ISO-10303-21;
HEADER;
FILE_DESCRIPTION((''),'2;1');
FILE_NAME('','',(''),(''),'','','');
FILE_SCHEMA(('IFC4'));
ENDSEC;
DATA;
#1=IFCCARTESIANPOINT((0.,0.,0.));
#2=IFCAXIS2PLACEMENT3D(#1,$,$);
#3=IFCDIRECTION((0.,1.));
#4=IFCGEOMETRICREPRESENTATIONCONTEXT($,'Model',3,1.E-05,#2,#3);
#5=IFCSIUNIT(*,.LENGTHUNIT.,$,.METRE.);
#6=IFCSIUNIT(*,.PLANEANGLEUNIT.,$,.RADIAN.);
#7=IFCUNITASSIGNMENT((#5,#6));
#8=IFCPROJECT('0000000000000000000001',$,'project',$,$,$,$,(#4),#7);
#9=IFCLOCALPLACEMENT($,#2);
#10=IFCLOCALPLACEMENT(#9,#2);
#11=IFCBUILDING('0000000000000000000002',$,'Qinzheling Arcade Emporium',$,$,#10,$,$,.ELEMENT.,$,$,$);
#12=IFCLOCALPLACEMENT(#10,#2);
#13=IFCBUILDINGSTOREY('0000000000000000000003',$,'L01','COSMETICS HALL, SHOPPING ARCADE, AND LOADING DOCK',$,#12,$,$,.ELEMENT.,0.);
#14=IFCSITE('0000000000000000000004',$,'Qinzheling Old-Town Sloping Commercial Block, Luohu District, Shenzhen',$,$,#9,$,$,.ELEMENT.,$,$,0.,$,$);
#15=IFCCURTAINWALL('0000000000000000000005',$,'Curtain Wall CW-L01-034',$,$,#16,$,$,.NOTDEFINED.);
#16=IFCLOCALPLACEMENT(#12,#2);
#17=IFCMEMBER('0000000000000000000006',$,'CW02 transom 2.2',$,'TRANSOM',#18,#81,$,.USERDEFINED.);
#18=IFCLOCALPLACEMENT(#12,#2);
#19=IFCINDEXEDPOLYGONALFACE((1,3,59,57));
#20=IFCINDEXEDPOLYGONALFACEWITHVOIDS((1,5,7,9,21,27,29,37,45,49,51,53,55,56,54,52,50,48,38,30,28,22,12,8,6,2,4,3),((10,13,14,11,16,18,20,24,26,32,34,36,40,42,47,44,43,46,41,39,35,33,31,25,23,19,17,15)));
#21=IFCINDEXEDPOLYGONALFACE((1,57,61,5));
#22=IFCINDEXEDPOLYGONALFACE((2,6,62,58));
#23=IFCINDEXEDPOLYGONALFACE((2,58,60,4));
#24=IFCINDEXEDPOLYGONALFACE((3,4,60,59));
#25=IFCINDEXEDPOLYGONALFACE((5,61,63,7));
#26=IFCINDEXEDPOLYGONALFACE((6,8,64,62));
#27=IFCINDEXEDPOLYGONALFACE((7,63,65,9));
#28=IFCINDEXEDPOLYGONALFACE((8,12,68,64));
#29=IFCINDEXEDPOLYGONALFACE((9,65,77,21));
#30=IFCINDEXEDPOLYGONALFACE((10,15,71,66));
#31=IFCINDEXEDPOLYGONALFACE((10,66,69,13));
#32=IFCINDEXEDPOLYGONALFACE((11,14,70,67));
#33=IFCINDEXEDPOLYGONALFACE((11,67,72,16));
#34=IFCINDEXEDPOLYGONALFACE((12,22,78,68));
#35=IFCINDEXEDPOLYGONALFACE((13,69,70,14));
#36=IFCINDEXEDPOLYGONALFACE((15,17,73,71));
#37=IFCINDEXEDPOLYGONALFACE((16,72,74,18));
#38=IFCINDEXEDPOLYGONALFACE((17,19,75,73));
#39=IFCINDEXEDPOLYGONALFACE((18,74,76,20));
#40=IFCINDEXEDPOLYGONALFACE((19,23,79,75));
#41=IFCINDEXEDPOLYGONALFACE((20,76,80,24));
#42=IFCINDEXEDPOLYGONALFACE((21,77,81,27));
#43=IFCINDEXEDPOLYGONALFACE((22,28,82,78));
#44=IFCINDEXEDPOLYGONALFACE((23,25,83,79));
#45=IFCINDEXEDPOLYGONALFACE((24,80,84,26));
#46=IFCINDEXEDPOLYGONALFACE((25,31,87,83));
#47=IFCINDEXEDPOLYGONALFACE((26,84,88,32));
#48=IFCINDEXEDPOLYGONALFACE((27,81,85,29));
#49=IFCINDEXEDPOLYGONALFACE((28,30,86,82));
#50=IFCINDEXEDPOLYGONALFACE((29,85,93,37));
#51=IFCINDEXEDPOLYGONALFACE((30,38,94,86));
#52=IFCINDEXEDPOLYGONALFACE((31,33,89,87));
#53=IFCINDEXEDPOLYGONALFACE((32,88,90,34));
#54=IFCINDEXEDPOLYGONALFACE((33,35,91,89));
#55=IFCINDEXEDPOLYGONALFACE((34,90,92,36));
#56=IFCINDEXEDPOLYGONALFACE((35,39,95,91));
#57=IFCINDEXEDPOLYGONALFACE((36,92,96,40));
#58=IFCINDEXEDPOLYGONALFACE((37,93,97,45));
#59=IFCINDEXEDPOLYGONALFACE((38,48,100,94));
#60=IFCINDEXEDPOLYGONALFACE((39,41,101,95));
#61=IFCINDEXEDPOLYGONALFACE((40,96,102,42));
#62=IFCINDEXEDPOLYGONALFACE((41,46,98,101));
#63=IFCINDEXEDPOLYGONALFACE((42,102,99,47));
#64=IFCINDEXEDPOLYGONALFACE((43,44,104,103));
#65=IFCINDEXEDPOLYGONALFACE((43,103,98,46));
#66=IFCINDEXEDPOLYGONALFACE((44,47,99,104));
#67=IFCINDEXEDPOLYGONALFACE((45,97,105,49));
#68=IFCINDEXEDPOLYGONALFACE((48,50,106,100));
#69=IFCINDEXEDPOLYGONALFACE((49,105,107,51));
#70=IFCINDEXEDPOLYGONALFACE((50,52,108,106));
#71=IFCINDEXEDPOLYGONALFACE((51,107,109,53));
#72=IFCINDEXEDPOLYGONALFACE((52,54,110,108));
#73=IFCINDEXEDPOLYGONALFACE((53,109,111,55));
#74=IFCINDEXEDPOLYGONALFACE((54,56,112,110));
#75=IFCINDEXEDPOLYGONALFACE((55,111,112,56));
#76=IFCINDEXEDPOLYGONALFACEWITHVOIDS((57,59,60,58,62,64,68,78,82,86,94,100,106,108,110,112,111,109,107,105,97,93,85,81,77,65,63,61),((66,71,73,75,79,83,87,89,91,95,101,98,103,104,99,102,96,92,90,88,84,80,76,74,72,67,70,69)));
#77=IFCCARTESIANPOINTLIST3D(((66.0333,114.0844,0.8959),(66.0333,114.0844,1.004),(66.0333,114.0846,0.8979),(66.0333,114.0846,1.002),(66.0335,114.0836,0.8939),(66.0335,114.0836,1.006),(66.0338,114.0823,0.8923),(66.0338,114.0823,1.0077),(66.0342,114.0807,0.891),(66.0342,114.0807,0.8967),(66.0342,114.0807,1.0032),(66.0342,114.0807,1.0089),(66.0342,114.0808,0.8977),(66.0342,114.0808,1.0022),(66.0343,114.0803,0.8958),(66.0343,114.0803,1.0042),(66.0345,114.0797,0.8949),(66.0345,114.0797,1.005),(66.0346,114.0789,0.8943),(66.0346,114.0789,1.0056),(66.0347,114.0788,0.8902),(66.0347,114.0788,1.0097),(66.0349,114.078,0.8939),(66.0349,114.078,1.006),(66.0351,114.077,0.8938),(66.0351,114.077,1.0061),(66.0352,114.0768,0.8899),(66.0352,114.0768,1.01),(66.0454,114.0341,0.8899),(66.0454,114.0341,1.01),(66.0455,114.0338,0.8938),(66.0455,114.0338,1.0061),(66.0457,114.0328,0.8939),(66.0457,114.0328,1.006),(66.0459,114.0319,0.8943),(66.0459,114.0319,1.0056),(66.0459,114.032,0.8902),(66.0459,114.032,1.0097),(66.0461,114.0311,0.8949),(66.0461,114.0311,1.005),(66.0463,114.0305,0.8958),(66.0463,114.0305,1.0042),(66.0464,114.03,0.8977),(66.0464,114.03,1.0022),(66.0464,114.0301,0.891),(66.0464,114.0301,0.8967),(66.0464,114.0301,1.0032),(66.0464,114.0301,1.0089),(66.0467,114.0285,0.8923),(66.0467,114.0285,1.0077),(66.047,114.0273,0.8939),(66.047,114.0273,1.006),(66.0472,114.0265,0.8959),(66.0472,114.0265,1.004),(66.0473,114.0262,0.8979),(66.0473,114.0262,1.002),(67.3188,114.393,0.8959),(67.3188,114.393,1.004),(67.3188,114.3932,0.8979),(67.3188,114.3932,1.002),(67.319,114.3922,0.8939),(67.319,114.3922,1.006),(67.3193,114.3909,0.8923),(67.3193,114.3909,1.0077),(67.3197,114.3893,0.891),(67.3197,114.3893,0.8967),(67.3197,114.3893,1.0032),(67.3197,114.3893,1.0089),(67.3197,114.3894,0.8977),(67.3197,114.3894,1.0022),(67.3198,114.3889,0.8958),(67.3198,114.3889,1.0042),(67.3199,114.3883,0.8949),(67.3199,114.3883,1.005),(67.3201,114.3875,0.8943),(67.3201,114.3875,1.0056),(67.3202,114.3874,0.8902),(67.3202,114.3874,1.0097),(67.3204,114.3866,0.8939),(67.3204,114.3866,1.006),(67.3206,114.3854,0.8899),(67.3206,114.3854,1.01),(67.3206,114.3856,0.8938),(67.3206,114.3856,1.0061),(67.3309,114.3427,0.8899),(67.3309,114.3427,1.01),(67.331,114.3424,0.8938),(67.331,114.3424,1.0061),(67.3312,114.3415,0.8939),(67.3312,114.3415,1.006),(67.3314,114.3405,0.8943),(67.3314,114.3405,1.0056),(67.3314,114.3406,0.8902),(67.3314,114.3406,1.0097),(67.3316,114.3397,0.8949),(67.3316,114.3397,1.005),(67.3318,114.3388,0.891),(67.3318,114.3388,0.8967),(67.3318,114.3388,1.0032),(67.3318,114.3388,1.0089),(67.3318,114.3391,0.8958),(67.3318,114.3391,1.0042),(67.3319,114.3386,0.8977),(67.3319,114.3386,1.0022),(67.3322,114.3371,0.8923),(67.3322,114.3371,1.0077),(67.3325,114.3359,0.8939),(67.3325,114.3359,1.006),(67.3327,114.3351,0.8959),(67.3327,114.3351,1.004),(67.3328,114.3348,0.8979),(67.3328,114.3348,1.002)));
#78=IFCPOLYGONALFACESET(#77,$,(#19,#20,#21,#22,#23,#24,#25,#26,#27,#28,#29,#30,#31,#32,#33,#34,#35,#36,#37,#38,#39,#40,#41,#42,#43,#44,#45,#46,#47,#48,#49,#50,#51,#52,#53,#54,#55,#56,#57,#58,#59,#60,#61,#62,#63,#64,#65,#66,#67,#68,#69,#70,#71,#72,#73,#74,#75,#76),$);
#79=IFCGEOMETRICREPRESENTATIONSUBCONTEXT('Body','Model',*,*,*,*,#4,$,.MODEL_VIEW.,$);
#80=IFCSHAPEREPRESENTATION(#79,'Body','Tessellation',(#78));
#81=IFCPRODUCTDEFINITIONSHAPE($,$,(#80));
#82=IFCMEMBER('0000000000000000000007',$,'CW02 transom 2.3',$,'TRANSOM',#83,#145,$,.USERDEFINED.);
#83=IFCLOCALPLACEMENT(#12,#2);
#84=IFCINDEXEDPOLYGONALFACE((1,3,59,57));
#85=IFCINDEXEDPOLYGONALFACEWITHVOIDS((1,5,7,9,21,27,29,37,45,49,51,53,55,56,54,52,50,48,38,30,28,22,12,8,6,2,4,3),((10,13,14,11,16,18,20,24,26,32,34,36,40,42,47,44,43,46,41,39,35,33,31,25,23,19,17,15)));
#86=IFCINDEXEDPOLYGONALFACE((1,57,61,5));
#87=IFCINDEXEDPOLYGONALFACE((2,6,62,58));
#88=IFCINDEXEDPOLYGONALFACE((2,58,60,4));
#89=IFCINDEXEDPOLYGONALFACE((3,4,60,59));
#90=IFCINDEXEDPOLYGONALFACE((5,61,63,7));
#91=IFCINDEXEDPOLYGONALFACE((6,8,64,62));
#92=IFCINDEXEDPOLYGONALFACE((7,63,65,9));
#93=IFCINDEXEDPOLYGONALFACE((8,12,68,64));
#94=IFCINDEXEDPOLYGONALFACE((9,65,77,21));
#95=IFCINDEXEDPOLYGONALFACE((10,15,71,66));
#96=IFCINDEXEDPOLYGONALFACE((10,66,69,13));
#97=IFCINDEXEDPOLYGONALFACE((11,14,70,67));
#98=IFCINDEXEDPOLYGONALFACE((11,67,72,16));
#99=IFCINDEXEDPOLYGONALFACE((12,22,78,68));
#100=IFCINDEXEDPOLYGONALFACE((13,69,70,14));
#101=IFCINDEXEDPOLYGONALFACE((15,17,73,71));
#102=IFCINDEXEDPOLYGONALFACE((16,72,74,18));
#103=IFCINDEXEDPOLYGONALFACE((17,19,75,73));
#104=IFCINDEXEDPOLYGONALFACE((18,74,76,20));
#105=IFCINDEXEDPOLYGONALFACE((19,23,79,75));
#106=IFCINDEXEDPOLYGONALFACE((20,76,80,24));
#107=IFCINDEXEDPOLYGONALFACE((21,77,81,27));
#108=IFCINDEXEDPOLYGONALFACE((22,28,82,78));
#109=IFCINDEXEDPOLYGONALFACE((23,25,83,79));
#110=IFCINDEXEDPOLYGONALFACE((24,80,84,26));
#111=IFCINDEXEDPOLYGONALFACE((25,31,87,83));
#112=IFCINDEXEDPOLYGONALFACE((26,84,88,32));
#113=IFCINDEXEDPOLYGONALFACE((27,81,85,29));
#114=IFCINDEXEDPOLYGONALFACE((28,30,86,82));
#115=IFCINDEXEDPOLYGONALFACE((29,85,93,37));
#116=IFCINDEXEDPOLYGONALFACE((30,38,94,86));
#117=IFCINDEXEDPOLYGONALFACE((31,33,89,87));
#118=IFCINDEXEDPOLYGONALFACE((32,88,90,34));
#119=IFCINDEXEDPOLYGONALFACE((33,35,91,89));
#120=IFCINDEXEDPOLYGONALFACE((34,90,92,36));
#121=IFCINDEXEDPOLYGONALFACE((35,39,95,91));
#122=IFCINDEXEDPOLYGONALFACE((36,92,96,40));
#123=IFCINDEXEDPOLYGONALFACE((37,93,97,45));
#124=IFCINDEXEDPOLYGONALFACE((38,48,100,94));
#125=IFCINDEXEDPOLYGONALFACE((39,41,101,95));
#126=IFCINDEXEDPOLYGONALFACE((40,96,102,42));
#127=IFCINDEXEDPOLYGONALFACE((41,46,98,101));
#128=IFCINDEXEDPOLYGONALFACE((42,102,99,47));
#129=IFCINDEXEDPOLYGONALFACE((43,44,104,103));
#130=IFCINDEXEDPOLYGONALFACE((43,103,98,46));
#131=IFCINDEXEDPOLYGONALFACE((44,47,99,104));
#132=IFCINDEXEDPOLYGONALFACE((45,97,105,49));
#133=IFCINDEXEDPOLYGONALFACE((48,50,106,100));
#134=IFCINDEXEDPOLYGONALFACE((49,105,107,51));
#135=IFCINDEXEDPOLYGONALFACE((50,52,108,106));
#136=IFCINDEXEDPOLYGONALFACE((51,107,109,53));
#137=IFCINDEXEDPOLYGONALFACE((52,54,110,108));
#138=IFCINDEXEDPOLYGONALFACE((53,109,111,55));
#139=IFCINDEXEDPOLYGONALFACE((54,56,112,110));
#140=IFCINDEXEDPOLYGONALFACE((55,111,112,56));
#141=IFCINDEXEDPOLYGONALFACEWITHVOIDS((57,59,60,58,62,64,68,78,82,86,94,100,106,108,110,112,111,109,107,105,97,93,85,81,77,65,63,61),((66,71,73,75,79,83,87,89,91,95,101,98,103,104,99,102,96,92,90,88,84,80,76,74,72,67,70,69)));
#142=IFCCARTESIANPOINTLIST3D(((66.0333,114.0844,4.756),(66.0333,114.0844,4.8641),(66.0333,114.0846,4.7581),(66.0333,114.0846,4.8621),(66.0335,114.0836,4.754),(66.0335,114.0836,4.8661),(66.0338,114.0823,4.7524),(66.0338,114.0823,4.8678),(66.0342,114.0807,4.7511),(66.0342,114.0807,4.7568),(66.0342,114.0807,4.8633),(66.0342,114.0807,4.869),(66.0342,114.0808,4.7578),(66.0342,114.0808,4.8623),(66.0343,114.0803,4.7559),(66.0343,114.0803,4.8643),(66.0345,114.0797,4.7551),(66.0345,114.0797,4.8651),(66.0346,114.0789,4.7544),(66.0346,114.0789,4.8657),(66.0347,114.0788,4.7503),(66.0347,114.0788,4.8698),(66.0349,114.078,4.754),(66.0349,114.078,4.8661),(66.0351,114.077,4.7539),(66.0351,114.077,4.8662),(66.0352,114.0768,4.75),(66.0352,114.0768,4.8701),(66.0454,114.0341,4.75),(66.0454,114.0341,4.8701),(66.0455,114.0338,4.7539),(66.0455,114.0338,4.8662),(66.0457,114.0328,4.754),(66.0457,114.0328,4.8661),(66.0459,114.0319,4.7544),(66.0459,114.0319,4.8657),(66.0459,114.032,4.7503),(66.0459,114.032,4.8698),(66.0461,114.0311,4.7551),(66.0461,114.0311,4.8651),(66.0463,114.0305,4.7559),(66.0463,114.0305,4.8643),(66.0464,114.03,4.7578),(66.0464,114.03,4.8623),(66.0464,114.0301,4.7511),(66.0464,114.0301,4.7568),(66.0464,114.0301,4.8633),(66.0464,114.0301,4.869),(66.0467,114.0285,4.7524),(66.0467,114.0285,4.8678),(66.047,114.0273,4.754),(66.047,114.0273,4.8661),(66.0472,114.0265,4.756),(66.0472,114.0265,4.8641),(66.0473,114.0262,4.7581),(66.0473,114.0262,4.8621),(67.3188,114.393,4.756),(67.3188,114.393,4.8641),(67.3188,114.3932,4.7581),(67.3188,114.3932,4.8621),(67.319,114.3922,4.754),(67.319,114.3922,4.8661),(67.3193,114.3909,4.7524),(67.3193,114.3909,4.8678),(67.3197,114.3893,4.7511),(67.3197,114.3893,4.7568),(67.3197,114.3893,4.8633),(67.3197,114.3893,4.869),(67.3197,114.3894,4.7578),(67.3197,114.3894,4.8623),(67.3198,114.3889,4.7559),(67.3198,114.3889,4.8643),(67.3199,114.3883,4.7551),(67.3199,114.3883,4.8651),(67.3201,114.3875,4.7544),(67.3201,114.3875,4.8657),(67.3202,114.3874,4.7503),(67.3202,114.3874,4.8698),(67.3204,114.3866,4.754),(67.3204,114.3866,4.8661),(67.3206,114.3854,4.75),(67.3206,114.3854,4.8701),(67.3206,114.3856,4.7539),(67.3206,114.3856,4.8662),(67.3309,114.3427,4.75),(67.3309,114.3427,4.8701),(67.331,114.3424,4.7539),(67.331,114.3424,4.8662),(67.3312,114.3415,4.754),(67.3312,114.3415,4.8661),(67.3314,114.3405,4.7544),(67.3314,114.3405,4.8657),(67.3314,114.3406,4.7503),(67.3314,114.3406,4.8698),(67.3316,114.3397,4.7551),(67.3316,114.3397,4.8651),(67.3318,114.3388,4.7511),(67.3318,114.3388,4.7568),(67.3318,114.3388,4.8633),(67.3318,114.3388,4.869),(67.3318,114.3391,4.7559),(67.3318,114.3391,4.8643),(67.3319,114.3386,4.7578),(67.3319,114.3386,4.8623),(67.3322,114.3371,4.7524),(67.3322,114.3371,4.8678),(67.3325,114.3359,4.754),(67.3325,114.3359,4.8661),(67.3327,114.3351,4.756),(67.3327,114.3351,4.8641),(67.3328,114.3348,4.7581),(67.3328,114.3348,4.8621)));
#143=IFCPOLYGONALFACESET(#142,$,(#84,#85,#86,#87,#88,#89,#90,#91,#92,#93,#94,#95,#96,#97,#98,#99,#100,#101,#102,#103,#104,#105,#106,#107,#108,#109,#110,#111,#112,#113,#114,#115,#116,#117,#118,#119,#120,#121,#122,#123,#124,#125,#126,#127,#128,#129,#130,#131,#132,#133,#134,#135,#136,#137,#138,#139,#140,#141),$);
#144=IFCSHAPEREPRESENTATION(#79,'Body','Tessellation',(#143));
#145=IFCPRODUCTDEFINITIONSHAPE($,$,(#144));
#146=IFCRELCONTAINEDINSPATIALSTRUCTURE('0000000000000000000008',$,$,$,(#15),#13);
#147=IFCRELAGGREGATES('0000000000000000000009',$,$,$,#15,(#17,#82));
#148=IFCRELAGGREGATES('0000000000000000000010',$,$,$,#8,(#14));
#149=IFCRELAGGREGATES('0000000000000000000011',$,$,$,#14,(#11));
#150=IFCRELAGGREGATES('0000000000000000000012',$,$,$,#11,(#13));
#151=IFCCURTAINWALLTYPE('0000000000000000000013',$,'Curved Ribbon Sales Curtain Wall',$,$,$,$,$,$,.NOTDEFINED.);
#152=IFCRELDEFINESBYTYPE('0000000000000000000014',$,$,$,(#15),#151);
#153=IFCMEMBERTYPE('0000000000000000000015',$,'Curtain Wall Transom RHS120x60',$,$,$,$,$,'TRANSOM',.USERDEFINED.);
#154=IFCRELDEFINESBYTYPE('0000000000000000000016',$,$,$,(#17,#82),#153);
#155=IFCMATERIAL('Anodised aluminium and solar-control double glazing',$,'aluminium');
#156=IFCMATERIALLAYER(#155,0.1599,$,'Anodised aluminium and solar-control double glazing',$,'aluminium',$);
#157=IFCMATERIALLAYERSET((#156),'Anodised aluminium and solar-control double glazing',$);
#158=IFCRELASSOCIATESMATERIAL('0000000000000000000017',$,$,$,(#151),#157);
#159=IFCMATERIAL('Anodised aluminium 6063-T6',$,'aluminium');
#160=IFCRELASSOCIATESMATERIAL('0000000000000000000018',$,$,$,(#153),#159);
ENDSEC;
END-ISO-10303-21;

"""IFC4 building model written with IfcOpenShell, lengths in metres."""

from ifc_helpers import new_model, si_unit, direction, frame, origin, origin_2d, place, context, subcontext, project, spatial, hollow_rectangle, extrude, material, layer, layer_set, material_profile, profile_set, type_object, element, aggregate, save


model = new_model("IFC4")

# Units and contexts
model_context = context("Model", 3, precision=1e-05, world=origin(), true_north=direction((0.0, 1.0)))
body_context = subcontext(model_context, "Body", "Model", "MODEL_VIEW")
ifc_project = project(units=[si_unit("LENGTHUNIT", "METRE"), si_unit("PLANEANGLEUNIT", "RADIAN")], contexts=[model_context])

# Site, building, storey
site_placement = place(None, origin())
site = spatial("IfcSite", under=ifc_project, at=site_placement, Name="Qinzheling Old-Town Sloping Commercial Block, Luohu District, Shenzhen", CompositionType="ELEMENT", RefElevation=0.0)
building_placement = place(site_placement, origin())
building = spatial("IfcBuilding", under=site, at=building_placement, Name="Qinzheling Arcade Emporium", CompositionType="ELEMENT")
storey_placement = place(building_placement, origin())
storey = spatial("IfcBuildingStorey", under=building, at=storey_placement, Name="L01", Description="COSMETICS HALL, SHOPPING ARCADE, AND LOADING DOCK", CompositionType="ELEMENT", Elevation=0.0)

# Shared definitions
ifc_material_1 = material(Name="Anodised aluminium and solar-control double glazing", Category="aluminium")
ifc_layer_1 = layer(ifc_material_1, 0.1599, Name="Anodised aluminium and solar-control double glazing", Category="aluminium")
ifc_layer_set_1 = layer_set([ifc_layer_1], Name="Anodised aluminium and solar-control double glazing")
curtain_wall_type = type_object("IfcCurtainWallType", Name="Curved Ribbon Sales Curtain Wall", PredefinedType="NOTDEFINED", material=ifc_layer_set_1)
ifc_material_2 = material(Name="Anodised aluminium 6063-T6", Category="aluminium")

# Curtain wall
curtain_wall_1_placement = place(storey_placement, origin())
curtain_wall_1 = element("IfcCurtainWall", 1, at=curtain_wall_1_placement, inside=storey, type_object=curtain_wall_type, Name="Curtain Wall CW-L01-034", PredefinedType="NOTDEFINED")

# Members
ifc_material_profile_1 = material_profile(ifc_material_2, hollow_rectangle(XDim=0.0601, YDim=0.1201, WallThickness=0.0039, InnerFilletRadius=0.0039, OuterFilletRadius=0.0081, at=origin_2d()), Name="RHS 120x60x4", Category="aluminium")
ifc_profile_set_1 = profile_set([ifc_material_profile_1], Name="Anodised aluminium 6063-T6")
member_type_1 = type_object("IfcMemberType", Name="Curtain Wall Transom RHS120x60", ElementType="TRANSOM", PredefinedType="USERDEFINED", material=ifc_profile_set_1)
member_1_placement = place(storey_placement, frame((66.0403, 114.0554, 0.95), z_axis=(0.972371, 0.233443, 0.0), x_axis=(-0.233443, 0.972371, 0.0)))
member_1 = element("IfcMember", 2, at=member_1_placement, type_object=member_type_1, Name="CW02 transom 2.2", ObjectType="TRANSOM", PredefinedType="USERDEFINED", context=body_context, shape_type="SweptSolid", body=[
    extrude(hollow_rectangle(XDim=0.0601, YDim=0.1201, WallThickness=0.0039, InnerFilletRadius=0.0039, OuterFilletRadius=0.0081, at=origin_2d()), origin(), (0.0, 0.0, 1.0), 1.322),
])
member_2_placement = place(storey_placement, frame((66.0403, 114.0554, 4.8101), z_axis=(0.972371, 0.233443, 0.0), x_axis=(-0.233443, 0.972371, 0.0)))
member_2 = element("IfcMember", 3, at=member_2_placement, type_object=member_type_1, Name="CW02 transom 2.3", ObjectType="TRANSOM", PredefinedType="USERDEFINED", context=body_context, shape_type="SweptSolid", body=[
    extrude(hollow_rectangle(XDim=0.0601, YDim=0.1201, WallThickness=0.0039, InnerFilletRadius=0.0039, OuterFilletRadius=0.0081, at=origin_2d()), origin(), (0.0, 0.0, 1.0), 1.322),
])

aggregate(curtain_wall_1, [member_1, member_2])

save(model, "model.ifc")
